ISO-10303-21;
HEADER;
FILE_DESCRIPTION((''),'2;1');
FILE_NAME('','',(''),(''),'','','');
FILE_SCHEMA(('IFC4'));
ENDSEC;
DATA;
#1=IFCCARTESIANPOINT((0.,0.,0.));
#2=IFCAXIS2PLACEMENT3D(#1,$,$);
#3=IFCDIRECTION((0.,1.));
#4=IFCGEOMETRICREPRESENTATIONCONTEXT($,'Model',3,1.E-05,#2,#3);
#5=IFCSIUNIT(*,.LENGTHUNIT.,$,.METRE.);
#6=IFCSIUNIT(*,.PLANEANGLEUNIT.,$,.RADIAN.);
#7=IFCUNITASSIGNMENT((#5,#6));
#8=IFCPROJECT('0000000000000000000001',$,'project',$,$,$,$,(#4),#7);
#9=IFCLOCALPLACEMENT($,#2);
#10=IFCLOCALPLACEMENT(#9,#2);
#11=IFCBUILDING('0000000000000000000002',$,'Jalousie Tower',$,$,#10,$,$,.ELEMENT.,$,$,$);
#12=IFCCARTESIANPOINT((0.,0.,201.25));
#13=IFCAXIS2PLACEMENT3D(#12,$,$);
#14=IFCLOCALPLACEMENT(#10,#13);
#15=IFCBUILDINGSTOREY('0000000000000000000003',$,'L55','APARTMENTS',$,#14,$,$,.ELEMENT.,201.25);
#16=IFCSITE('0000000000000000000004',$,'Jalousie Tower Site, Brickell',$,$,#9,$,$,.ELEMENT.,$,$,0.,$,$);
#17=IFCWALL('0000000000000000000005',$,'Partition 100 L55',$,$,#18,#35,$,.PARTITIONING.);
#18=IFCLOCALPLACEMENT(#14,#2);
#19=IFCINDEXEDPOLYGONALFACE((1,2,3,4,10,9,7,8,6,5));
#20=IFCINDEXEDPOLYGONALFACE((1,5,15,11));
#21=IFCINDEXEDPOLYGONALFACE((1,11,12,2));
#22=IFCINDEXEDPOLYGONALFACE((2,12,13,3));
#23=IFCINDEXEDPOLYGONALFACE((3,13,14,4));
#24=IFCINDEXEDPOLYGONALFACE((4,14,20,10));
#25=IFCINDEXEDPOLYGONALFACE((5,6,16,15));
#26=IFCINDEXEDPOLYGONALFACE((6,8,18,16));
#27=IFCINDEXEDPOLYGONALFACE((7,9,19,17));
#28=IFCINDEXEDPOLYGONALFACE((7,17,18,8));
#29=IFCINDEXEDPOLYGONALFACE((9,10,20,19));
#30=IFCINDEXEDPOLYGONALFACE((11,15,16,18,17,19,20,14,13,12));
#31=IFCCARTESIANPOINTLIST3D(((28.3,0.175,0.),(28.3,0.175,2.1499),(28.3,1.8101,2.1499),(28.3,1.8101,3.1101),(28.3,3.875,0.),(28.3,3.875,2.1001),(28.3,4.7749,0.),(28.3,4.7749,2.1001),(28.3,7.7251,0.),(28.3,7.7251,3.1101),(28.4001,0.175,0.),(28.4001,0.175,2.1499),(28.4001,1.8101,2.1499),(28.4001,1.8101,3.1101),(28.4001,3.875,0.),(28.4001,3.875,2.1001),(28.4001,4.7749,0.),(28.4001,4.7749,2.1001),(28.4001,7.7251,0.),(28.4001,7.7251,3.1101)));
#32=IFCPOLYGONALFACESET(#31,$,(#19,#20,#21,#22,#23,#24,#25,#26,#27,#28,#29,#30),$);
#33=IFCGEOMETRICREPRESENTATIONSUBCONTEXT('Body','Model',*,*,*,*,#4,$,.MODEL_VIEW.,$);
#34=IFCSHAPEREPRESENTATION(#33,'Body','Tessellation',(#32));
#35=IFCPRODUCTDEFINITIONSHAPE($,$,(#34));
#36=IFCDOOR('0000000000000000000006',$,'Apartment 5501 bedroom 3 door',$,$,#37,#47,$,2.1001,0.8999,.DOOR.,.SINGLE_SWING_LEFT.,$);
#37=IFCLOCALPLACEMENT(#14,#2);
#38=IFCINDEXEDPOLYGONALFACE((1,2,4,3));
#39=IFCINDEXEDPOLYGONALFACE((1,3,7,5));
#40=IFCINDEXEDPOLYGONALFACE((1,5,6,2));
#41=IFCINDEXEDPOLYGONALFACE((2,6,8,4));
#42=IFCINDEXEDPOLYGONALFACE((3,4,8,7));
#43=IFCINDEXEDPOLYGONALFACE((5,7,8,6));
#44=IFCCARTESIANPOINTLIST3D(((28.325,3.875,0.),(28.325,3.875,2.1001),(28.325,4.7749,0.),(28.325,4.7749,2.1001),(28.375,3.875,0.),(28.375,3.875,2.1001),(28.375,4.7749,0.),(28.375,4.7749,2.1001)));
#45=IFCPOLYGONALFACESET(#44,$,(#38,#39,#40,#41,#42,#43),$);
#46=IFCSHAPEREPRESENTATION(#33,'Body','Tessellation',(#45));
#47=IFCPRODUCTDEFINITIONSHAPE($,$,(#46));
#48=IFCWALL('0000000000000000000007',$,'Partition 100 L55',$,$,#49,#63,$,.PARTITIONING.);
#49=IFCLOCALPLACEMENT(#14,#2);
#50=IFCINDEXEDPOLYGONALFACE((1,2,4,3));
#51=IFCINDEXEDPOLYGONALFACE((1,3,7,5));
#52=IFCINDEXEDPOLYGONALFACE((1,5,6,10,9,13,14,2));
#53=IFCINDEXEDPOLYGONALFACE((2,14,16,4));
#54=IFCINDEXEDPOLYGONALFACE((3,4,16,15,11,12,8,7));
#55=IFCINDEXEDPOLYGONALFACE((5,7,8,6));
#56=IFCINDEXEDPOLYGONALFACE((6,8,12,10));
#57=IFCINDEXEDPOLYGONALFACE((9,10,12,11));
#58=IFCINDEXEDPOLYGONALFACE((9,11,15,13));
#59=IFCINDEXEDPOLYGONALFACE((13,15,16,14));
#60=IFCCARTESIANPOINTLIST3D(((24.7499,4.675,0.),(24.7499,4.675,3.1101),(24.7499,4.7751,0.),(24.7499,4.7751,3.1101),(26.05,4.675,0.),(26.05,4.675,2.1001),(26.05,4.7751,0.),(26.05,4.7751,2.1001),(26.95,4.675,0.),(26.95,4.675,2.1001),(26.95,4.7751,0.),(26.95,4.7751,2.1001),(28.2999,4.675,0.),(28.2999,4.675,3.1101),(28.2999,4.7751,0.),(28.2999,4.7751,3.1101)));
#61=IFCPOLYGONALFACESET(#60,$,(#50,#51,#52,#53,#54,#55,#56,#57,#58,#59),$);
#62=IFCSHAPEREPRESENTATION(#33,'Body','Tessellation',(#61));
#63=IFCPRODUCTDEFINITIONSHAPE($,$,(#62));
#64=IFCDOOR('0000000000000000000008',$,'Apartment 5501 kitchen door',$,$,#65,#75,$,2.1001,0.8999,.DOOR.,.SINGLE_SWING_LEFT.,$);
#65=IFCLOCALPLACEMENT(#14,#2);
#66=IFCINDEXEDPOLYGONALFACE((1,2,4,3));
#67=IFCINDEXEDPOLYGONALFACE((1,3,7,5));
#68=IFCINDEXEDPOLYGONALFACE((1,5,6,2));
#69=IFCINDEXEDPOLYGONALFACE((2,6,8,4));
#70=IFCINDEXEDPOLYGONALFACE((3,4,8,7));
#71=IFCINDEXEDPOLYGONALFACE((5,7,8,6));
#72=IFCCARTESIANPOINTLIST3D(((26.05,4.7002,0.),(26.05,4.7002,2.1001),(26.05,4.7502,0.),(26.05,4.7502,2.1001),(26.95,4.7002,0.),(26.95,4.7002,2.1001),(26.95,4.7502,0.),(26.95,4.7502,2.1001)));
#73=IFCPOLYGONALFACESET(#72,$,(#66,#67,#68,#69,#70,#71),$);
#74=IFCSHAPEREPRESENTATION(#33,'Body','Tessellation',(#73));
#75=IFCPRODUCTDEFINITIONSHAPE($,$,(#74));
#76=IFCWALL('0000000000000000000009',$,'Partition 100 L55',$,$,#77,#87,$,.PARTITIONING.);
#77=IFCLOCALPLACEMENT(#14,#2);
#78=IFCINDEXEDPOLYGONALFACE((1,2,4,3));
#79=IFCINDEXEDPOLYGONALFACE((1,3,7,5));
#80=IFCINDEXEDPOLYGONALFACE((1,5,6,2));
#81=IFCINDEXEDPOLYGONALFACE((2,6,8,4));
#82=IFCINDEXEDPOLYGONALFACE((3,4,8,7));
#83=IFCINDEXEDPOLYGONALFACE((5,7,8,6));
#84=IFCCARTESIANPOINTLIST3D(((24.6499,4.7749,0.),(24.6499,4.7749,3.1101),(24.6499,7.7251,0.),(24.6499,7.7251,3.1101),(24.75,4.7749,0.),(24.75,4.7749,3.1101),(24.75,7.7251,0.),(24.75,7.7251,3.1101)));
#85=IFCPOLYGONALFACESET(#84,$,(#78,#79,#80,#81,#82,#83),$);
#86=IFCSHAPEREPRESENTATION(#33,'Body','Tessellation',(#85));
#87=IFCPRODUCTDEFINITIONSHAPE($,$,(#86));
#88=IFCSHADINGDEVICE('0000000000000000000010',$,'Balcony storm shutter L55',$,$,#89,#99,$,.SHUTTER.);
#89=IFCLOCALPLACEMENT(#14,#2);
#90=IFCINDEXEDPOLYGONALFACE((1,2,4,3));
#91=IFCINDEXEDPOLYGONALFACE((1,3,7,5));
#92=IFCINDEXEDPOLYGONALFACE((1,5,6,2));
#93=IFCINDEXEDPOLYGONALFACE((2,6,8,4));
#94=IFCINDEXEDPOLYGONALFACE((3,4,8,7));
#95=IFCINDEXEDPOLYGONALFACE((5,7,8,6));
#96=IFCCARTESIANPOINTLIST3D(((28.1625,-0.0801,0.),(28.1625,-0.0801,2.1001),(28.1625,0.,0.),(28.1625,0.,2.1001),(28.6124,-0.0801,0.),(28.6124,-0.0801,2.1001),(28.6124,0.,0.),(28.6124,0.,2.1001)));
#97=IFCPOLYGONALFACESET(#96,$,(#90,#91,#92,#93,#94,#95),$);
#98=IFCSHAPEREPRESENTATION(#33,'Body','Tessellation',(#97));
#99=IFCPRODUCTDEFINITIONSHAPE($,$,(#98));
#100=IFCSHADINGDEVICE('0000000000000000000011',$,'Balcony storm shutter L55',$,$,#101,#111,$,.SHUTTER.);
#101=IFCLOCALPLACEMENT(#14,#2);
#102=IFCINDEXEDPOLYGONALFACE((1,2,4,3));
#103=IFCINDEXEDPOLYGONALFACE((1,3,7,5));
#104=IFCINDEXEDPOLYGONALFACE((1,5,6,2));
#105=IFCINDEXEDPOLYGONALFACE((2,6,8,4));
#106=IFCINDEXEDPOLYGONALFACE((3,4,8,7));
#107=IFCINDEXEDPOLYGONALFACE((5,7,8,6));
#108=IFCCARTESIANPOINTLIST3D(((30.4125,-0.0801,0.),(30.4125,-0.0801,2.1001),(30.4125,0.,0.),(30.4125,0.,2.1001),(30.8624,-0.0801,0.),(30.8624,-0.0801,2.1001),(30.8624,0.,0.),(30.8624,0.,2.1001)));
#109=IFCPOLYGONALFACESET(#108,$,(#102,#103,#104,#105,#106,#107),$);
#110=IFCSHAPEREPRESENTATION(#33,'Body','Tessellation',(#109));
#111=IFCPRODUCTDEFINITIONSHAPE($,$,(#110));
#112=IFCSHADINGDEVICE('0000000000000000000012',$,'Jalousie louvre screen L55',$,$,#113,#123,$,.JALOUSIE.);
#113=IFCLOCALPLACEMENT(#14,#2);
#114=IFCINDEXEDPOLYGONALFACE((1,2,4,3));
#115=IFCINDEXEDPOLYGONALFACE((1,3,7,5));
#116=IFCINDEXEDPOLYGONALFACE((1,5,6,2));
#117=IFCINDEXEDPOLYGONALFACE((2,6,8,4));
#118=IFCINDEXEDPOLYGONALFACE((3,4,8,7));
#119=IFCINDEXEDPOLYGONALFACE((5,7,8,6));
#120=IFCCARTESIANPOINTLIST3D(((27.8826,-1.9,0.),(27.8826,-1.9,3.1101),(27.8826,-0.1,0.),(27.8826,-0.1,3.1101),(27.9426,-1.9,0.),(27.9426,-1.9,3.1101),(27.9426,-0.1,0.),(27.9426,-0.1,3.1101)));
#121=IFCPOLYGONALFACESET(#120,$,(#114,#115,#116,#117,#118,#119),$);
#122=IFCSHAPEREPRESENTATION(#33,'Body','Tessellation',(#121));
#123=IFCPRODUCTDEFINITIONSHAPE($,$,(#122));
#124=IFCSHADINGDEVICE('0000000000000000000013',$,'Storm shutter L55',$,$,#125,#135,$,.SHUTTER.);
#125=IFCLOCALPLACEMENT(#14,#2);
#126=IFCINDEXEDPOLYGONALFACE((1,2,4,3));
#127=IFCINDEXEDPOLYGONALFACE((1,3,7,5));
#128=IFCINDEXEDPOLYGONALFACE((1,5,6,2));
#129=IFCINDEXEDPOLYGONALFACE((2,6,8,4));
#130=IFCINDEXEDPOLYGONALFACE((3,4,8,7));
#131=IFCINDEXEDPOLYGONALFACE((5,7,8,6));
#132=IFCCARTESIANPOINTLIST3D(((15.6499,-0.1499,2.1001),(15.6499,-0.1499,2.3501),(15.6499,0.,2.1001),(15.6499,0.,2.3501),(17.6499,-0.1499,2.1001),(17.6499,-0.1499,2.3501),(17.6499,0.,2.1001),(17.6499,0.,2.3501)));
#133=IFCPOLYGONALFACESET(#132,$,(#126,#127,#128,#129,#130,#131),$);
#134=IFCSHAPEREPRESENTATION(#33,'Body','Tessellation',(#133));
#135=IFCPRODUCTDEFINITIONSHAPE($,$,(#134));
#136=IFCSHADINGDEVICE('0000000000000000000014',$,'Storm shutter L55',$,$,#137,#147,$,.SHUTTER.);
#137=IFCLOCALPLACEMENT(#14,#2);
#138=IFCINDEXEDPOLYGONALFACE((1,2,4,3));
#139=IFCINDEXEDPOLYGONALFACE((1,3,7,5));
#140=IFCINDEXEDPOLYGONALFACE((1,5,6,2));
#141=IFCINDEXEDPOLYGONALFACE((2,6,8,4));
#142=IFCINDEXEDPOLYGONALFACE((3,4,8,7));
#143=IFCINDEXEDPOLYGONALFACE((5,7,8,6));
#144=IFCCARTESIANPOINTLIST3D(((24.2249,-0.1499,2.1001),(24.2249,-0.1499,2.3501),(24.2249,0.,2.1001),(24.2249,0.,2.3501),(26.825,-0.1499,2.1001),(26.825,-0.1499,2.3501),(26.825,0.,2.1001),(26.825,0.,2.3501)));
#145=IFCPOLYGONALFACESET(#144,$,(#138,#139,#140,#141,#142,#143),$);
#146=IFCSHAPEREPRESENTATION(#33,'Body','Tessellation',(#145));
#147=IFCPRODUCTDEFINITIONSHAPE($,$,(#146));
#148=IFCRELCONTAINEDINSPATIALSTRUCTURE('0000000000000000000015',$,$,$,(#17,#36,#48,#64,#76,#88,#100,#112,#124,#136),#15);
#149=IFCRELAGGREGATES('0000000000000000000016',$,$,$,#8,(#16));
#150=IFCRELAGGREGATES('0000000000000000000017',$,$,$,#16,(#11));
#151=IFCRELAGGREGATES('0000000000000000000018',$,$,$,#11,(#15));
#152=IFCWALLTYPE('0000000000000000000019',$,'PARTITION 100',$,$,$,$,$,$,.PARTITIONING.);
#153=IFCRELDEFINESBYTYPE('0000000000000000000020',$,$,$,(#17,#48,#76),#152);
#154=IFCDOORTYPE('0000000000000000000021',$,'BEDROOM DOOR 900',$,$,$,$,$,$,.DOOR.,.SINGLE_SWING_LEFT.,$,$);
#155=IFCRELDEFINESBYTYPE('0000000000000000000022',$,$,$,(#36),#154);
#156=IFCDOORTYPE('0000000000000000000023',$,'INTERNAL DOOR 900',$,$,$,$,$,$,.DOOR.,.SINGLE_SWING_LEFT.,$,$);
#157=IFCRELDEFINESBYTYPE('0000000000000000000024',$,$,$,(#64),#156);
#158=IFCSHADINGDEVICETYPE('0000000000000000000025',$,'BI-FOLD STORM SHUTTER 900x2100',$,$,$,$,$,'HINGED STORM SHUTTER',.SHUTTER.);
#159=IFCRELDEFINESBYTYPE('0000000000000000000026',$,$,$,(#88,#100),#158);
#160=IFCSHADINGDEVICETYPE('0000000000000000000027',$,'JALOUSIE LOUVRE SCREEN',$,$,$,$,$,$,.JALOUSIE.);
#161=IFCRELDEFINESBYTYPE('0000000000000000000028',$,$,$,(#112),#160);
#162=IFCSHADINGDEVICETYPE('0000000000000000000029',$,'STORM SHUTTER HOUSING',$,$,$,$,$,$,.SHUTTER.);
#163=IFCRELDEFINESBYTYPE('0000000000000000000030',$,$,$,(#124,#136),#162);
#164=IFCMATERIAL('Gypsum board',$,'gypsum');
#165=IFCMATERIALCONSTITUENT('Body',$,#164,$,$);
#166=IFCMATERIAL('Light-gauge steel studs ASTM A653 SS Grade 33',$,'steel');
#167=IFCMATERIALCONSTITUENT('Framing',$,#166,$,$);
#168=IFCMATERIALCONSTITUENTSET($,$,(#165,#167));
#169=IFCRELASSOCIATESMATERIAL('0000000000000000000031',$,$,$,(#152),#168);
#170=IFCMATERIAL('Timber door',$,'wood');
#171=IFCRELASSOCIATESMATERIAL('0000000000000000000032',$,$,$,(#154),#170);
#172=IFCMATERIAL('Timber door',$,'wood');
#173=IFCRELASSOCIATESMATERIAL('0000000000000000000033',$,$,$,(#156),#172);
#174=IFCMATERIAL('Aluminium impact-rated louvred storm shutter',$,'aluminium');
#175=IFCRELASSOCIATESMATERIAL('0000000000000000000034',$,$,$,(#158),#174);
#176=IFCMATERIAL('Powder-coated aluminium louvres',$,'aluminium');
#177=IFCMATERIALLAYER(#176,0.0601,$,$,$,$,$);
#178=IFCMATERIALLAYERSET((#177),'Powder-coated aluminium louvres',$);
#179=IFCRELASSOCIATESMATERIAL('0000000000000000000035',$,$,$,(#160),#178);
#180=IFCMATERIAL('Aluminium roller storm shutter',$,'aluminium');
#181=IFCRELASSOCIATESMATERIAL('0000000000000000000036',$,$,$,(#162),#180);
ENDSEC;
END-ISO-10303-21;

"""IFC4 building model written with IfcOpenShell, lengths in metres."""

from ifc_helpers import new_model, si_unit, direction, frame, frame_2d, origin, origin_2d, place, context, subcontext, project, spatial, polyline, rectangle, outline, extrude, material, layer, layer_set, constituent, constituent_set, type_object, element, fill, save


model = new_model("IFC4")

# Units and contexts
model_context = context("Model", 3, precision=1e-05, world=origin(), true_north=direction((0.0, 1.0)))
body_context = subcontext(model_context, "Body", "Model", "MODEL_VIEW")
ifc_project = project(units=[si_unit("LENGTHUNIT", "METRE"), si_unit("PLANEANGLEUNIT", "RADIAN")], contexts=[model_context])

# Site, building, storey
site_placement = place(None, origin())
site = spatial("IfcSite", under=ifc_project, at=site_placement, Name="Jalousie Tower Site, Brickell", CompositionType="ELEMENT", RefElevation=0.0)
building_placement = place(site_placement, origin())
building = spatial("IfcBuilding", under=site, at=building_placement, Name="Jalousie Tower", CompositionType="ELEMENT")
storey_placement = place(building_placement, frame((0.0, 0.0, 201.25)))
storey = spatial("IfcBuildingStorey", under=building, at=storey_placement, Name="L55", Description="APARTMENTS", CompositionType="ELEMENT", Elevation=201.25)

# Shared definitions
ifc_material_1 = material(Name="Gypsum board", Category="gypsum")
ifc_constituent_1 = constituent(ifc_material_1, Name="Body")
ifc_material_2 = material(Name="Light-gauge steel studs ASTM A653 SS Grade 33", Category="steel")
ifc_constituent_2 = constituent(ifc_material_2, Name="Framing")
ifc_constituent_set_1 = constituent_set(constituents=[ifc_constituent_1, ifc_constituent_2])
wall_type_1 = type_object("IfcWallType", Name="PARTITION 100", PredefinedType="PARTITIONING", material=ifc_constituent_set_1)
ifc_material_3 = material(Name="Timber door", Category="wood")
door_type_1 = type_object("IfcDoorType", Name="BEDROOM DOOR 900", OperationType="SINGLE_SWING_LEFT", PredefinedType="DOOR", material=ifc_material_3)
ifc_material_4 = material(Name="Timber door", Category="wood")
door_type_2 = type_object("IfcDoorType", Name="INTERNAL DOOR 900", OperationType="SINGLE_SWING_LEFT", PredefinedType="DOOR", material=ifc_material_4)

# Walls, openings, doors
wall_1_placement = place(storey_placement, frame((28.3501, 0.175, 0.0), z_axis=(0.0, 0.0, 1.0), x_axis=(0.0, 1.0, 0.0)))
wall_1 = element("IfcWall", 1, at=wall_1_placement, inside=storey, type_object=wall_type_1, Name="Partition 100 L55", PredefinedType="PARTITIONING", context=body_context, shape_type="SweptSolid", body=[
    extrude(outline(polyline([(0.0, 0.0), (7.55, 0.0), (7.55, 3.1101), (1.635, 3.1101), (1.635, 2.1499), (0.0, 2.1499), (0.0, 3.1101), (0.0, 0.0)])), frame((0.0, 0.05, 0.0), z_axis=(0.0, -1.0, 0.0), x_axis=(1.0, 0.0, 0.0)), (0.0, 0.0, 1.0), 0.1001),
])
opening_1_placement = place(wall_1_placement, frame((3.7, 0.0, 0.0)))
opening_1 = element("IfcOpeningElement", 2, at=opening_1_placement, cuts=wall_1, PredefinedType="OPENING", context=body_context, shape_type="SweptSolid", body=[
    extrude(rectangle(XDim=0.8999, YDim=2.1001, at=frame_2d((0.45, 1.05))), frame((0.0, 0.0601, 0.0), z_axis=(0.0, -1.0, 0.0), x_axis=(1.0, 0.0, 0.0)), (0.0, 0.0, 1.0), 0.1201),
])
door_1_placement = place(opening_1_placement, frame((0.8999, 0.0, 0.0), z_axis=(0.0, 0.0, 1.0), x_axis=(-1.0, 0.0, 0.0)))
door_1 = element("IfcDoor", 3, at=door_1_placement, inside=storey, type_object=door_type_1, Name="Apartment 5501 bedroom 3 door", OperationType="SINGLE_SWING_LEFT", OverallHeight=2.1001, OverallWidth=0.8999, PredefinedType="DOOR", context=body_context, shape_type="SweptSolid", body=[
    extrude(rectangle(XDim=0.8999, YDim=2.1001, at=frame_2d((0.45, 1.05))), frame((0.0, 0.0249, 0.0), z_axis=(0.0, -1.0, 0.0), x_axis=(1.0, 0.0, 0.0)), (0.0, 0.0, 1.0), 0.05),
])
fill(opening_1, door_1)
wall_2_placement = place(storey_placement, frame((24.75, 4.7251, 0.0), z_axis=(0.0, 0.0, 1.0), x_axis=(1.0, 0.0, 0.0)))
wall_2 = element("IfcWall", 4, at=wall_2_placement, inside=storey, type_object=wall_type_1, Name="Partition 100 L55", PredefinedType="PARTITIONING", context=body_context, shape_type="SweptSolid", body=[
    extrude(rectangle(XDim=3.55, YDim=0.1001, at=frame_2d((1.7749, 0.0))), origin(), (0.0, 0.0, 1.0), 3.1101),
])
opening_2_placement = place(wall_2_placement, frame((1.3, 0.0, 0.0)))
opening_2 = element("IfcOpeningElement", 5, at=opening_2_placement, cuts=wall_2, PredefinedType="OPENING", context=body_context, shape_type="SweptSolid", body=[
    extrude(rectangle(XDim=0.8999, YDim=2.1001, at=frame_2d((0.45, 1.05))), frame((0.0, 0.0601, 0.0), z_axis=(0.0, -1.0, 0.0), x_axis=(1.0, 0.0, 0.0)), (0.0, 0.0, 1.0), 0.1201),
])
door_2_placement = place(opening_2_placement, frame((0.8999, 0.0, 0.0), z_axis=(0.0, 0.0, 1.0), x_axis=(-1.0, 0.0, 0.0)))
door_2 = element("IfcDoor", 6, at=door_2_placement, inside=storey, type_object=door_type_2, Name="Apartment 5501 kitchen door", OperationType="SINGLE_SWING_LEFT", OverallHeight=2.1001, OverallWidth=0.8999, PredefinedType="DOOR", context=body_context, shape_type="SweptSolid", body=[
    extrude(rectangle(XDim=0.8999, YDim=2.1001, at=frame_2d((0.45, 1.05))), frame((0.0, 0.0249, 0.0), z_axis=(0.0, -1.0, 0.0), x_axis=(1.0, 0.0, 0.0)), (0.0, 0.0, 1.0), 0.05),
])
fill(opening_2, door_2)

# Wall
wall_3_placement = place(storey_placement, frame((24.7, 4.7749, 0.0), z_axis=(0.0, 0.0, 1.0), x_axis=(0.0, 1.0, 0.0)))
element("IfcWall", 7, at=wall_3_placement, inside=storey, type_object=wall_type_1, Name="Partition 100 L55", PredefinedType="PARTITIONING", context=body_context, shape_type="SweptSolid", body=[
    extrude(rectangle(XDim=2.9502, YDim=0.1001, at=frame_2d((1.4751, 0.0))), origin(), (0.0, 0.0, 1.0), 3.1101),
])

# Shading devices
ifc_material_5 = material(Name="Aluminium impact-rated louvred storm shutter", Category="aluminium")
shading_device_type_1 = type_object("IfcShadingDeviceType", Name="BI-FOLD STORM SHUTTER 900x2100", ElementType="HINGED STORM SHUTTER", PredefinedType="SHUTTER", material=ifc_material_5)
for number, where, z_axis, x_axis, name in (
    (8, (28.3875, -0.04, 0.0), (0.0, 0.0, 1.0), (1.0, 0.0, 0.0), "Balcony storm shutter L55"),
    (9, (30.6375, -0.04, 0.0), (0.0, 0.0, 1.0), (1.0, 0.0, 0.0), "Balcony storm shutter L55"),
):
    element("IfcShadingDevice", number, at=place(storey_placement, frame(where, z_axis=z_axis, x_axis=x_axis)), inside=storey, type_object=shading_device_type_1, Name=name, PredefinedType="SHUTTER", context=body_context, shape_type="SweptSolid", body=[
        extrude(rectangle(XDim=0.45, YDim=0.0801, at=origin_2d()), origin(), (0.0, 0.0, 1.0), 2.1001),
    ])

# Shading devices
ifc_material_6 = material(Name="Powder-coated aluminium louvres", Category="aluminium")
ifc_layer_1 = layer(ifc_material_6, 0.0601)
ifc_layer_set_1 = layer_set([ifc_layer_1], Name="Powder-coated aluminium louvres")
shading_device_type_2 = type_object("IfcShadingDeviceType", Name="JALOUSIE LOUVRE SCREEN", PredefinedType="JALOUSIE", material=ifc_layer_set_1)
shading_device_1_placement = place(storey_placement, frame((27.9126, -1.0, 0.0), z_axis=(0.0, 0.0, 1.0), x_axis=(1.0, 0.0, 0.0)))
element("IfcShadingDevice", 10, at=shading_device_1_placement, inside=storey, type_object=shading_device_type_2, Name="Jalousie louvre screen L55", PredefinedType="JALOUSIE", context=body_context, shape_type="SweptSolid", body=[
    extrude(rectangle(XDim=0.0601, YDim=1.8, at=origin_2d()), origin(), (0.0, 0.0, 1.0), 3.1101),
])
ifc_material_7 = material(Name="Aluminium roller storm shutter", Category="aluminium")
shading_device_type_3 = type_object("IfcShadingDeviceType", Name="STORM SHUTTER HOUSING", PredefinedType="SHUTTER", material=ifc_material_7)
shading_device_2_placement = place(storey_placement, frame((16.6499, -0.075, 2.1001), z_axis=(0.0, 0.0, 1.0), x_axis=(1.0, 0.0, 0.0)))
element("IfcShadingDevice", 11, at=shading_device_2_placement, inside=storey, type_object=shading_device_type_3, Name="Storm shutter L55", PredefinedType="SHUTTER", context=body_context, shape_type="SweptSolid", body=[
    extrude(rectangle(XDim=2.0, YDim=0.1499, at=origin_2d()), origin(), (0.0, 0.0, 1.0), 0.25),
])
shading_device_3_placement = place(storey_placement, frame((25.5249, -0.075, 2.1001), z_axis=(0.0, 0.0, 1.0), x_axis=(1.0, 0.0, 0.0)))
element("IfcShadingDevice", 12, at=shading_device_3_placement, inside=storey, type_object=shading_device_type_3, Name="Storm shutter L55", PredefinedType="SHUTTER", context=body_context, shape_type="SweptSolid", body=[
    extrude(rectangle(XDim=2.6001, YDim=0.1499, at=origin_2d()), origin(), (0.0, 0.0, 1.0), 0.25),
])

save(model, "model.ifc")
